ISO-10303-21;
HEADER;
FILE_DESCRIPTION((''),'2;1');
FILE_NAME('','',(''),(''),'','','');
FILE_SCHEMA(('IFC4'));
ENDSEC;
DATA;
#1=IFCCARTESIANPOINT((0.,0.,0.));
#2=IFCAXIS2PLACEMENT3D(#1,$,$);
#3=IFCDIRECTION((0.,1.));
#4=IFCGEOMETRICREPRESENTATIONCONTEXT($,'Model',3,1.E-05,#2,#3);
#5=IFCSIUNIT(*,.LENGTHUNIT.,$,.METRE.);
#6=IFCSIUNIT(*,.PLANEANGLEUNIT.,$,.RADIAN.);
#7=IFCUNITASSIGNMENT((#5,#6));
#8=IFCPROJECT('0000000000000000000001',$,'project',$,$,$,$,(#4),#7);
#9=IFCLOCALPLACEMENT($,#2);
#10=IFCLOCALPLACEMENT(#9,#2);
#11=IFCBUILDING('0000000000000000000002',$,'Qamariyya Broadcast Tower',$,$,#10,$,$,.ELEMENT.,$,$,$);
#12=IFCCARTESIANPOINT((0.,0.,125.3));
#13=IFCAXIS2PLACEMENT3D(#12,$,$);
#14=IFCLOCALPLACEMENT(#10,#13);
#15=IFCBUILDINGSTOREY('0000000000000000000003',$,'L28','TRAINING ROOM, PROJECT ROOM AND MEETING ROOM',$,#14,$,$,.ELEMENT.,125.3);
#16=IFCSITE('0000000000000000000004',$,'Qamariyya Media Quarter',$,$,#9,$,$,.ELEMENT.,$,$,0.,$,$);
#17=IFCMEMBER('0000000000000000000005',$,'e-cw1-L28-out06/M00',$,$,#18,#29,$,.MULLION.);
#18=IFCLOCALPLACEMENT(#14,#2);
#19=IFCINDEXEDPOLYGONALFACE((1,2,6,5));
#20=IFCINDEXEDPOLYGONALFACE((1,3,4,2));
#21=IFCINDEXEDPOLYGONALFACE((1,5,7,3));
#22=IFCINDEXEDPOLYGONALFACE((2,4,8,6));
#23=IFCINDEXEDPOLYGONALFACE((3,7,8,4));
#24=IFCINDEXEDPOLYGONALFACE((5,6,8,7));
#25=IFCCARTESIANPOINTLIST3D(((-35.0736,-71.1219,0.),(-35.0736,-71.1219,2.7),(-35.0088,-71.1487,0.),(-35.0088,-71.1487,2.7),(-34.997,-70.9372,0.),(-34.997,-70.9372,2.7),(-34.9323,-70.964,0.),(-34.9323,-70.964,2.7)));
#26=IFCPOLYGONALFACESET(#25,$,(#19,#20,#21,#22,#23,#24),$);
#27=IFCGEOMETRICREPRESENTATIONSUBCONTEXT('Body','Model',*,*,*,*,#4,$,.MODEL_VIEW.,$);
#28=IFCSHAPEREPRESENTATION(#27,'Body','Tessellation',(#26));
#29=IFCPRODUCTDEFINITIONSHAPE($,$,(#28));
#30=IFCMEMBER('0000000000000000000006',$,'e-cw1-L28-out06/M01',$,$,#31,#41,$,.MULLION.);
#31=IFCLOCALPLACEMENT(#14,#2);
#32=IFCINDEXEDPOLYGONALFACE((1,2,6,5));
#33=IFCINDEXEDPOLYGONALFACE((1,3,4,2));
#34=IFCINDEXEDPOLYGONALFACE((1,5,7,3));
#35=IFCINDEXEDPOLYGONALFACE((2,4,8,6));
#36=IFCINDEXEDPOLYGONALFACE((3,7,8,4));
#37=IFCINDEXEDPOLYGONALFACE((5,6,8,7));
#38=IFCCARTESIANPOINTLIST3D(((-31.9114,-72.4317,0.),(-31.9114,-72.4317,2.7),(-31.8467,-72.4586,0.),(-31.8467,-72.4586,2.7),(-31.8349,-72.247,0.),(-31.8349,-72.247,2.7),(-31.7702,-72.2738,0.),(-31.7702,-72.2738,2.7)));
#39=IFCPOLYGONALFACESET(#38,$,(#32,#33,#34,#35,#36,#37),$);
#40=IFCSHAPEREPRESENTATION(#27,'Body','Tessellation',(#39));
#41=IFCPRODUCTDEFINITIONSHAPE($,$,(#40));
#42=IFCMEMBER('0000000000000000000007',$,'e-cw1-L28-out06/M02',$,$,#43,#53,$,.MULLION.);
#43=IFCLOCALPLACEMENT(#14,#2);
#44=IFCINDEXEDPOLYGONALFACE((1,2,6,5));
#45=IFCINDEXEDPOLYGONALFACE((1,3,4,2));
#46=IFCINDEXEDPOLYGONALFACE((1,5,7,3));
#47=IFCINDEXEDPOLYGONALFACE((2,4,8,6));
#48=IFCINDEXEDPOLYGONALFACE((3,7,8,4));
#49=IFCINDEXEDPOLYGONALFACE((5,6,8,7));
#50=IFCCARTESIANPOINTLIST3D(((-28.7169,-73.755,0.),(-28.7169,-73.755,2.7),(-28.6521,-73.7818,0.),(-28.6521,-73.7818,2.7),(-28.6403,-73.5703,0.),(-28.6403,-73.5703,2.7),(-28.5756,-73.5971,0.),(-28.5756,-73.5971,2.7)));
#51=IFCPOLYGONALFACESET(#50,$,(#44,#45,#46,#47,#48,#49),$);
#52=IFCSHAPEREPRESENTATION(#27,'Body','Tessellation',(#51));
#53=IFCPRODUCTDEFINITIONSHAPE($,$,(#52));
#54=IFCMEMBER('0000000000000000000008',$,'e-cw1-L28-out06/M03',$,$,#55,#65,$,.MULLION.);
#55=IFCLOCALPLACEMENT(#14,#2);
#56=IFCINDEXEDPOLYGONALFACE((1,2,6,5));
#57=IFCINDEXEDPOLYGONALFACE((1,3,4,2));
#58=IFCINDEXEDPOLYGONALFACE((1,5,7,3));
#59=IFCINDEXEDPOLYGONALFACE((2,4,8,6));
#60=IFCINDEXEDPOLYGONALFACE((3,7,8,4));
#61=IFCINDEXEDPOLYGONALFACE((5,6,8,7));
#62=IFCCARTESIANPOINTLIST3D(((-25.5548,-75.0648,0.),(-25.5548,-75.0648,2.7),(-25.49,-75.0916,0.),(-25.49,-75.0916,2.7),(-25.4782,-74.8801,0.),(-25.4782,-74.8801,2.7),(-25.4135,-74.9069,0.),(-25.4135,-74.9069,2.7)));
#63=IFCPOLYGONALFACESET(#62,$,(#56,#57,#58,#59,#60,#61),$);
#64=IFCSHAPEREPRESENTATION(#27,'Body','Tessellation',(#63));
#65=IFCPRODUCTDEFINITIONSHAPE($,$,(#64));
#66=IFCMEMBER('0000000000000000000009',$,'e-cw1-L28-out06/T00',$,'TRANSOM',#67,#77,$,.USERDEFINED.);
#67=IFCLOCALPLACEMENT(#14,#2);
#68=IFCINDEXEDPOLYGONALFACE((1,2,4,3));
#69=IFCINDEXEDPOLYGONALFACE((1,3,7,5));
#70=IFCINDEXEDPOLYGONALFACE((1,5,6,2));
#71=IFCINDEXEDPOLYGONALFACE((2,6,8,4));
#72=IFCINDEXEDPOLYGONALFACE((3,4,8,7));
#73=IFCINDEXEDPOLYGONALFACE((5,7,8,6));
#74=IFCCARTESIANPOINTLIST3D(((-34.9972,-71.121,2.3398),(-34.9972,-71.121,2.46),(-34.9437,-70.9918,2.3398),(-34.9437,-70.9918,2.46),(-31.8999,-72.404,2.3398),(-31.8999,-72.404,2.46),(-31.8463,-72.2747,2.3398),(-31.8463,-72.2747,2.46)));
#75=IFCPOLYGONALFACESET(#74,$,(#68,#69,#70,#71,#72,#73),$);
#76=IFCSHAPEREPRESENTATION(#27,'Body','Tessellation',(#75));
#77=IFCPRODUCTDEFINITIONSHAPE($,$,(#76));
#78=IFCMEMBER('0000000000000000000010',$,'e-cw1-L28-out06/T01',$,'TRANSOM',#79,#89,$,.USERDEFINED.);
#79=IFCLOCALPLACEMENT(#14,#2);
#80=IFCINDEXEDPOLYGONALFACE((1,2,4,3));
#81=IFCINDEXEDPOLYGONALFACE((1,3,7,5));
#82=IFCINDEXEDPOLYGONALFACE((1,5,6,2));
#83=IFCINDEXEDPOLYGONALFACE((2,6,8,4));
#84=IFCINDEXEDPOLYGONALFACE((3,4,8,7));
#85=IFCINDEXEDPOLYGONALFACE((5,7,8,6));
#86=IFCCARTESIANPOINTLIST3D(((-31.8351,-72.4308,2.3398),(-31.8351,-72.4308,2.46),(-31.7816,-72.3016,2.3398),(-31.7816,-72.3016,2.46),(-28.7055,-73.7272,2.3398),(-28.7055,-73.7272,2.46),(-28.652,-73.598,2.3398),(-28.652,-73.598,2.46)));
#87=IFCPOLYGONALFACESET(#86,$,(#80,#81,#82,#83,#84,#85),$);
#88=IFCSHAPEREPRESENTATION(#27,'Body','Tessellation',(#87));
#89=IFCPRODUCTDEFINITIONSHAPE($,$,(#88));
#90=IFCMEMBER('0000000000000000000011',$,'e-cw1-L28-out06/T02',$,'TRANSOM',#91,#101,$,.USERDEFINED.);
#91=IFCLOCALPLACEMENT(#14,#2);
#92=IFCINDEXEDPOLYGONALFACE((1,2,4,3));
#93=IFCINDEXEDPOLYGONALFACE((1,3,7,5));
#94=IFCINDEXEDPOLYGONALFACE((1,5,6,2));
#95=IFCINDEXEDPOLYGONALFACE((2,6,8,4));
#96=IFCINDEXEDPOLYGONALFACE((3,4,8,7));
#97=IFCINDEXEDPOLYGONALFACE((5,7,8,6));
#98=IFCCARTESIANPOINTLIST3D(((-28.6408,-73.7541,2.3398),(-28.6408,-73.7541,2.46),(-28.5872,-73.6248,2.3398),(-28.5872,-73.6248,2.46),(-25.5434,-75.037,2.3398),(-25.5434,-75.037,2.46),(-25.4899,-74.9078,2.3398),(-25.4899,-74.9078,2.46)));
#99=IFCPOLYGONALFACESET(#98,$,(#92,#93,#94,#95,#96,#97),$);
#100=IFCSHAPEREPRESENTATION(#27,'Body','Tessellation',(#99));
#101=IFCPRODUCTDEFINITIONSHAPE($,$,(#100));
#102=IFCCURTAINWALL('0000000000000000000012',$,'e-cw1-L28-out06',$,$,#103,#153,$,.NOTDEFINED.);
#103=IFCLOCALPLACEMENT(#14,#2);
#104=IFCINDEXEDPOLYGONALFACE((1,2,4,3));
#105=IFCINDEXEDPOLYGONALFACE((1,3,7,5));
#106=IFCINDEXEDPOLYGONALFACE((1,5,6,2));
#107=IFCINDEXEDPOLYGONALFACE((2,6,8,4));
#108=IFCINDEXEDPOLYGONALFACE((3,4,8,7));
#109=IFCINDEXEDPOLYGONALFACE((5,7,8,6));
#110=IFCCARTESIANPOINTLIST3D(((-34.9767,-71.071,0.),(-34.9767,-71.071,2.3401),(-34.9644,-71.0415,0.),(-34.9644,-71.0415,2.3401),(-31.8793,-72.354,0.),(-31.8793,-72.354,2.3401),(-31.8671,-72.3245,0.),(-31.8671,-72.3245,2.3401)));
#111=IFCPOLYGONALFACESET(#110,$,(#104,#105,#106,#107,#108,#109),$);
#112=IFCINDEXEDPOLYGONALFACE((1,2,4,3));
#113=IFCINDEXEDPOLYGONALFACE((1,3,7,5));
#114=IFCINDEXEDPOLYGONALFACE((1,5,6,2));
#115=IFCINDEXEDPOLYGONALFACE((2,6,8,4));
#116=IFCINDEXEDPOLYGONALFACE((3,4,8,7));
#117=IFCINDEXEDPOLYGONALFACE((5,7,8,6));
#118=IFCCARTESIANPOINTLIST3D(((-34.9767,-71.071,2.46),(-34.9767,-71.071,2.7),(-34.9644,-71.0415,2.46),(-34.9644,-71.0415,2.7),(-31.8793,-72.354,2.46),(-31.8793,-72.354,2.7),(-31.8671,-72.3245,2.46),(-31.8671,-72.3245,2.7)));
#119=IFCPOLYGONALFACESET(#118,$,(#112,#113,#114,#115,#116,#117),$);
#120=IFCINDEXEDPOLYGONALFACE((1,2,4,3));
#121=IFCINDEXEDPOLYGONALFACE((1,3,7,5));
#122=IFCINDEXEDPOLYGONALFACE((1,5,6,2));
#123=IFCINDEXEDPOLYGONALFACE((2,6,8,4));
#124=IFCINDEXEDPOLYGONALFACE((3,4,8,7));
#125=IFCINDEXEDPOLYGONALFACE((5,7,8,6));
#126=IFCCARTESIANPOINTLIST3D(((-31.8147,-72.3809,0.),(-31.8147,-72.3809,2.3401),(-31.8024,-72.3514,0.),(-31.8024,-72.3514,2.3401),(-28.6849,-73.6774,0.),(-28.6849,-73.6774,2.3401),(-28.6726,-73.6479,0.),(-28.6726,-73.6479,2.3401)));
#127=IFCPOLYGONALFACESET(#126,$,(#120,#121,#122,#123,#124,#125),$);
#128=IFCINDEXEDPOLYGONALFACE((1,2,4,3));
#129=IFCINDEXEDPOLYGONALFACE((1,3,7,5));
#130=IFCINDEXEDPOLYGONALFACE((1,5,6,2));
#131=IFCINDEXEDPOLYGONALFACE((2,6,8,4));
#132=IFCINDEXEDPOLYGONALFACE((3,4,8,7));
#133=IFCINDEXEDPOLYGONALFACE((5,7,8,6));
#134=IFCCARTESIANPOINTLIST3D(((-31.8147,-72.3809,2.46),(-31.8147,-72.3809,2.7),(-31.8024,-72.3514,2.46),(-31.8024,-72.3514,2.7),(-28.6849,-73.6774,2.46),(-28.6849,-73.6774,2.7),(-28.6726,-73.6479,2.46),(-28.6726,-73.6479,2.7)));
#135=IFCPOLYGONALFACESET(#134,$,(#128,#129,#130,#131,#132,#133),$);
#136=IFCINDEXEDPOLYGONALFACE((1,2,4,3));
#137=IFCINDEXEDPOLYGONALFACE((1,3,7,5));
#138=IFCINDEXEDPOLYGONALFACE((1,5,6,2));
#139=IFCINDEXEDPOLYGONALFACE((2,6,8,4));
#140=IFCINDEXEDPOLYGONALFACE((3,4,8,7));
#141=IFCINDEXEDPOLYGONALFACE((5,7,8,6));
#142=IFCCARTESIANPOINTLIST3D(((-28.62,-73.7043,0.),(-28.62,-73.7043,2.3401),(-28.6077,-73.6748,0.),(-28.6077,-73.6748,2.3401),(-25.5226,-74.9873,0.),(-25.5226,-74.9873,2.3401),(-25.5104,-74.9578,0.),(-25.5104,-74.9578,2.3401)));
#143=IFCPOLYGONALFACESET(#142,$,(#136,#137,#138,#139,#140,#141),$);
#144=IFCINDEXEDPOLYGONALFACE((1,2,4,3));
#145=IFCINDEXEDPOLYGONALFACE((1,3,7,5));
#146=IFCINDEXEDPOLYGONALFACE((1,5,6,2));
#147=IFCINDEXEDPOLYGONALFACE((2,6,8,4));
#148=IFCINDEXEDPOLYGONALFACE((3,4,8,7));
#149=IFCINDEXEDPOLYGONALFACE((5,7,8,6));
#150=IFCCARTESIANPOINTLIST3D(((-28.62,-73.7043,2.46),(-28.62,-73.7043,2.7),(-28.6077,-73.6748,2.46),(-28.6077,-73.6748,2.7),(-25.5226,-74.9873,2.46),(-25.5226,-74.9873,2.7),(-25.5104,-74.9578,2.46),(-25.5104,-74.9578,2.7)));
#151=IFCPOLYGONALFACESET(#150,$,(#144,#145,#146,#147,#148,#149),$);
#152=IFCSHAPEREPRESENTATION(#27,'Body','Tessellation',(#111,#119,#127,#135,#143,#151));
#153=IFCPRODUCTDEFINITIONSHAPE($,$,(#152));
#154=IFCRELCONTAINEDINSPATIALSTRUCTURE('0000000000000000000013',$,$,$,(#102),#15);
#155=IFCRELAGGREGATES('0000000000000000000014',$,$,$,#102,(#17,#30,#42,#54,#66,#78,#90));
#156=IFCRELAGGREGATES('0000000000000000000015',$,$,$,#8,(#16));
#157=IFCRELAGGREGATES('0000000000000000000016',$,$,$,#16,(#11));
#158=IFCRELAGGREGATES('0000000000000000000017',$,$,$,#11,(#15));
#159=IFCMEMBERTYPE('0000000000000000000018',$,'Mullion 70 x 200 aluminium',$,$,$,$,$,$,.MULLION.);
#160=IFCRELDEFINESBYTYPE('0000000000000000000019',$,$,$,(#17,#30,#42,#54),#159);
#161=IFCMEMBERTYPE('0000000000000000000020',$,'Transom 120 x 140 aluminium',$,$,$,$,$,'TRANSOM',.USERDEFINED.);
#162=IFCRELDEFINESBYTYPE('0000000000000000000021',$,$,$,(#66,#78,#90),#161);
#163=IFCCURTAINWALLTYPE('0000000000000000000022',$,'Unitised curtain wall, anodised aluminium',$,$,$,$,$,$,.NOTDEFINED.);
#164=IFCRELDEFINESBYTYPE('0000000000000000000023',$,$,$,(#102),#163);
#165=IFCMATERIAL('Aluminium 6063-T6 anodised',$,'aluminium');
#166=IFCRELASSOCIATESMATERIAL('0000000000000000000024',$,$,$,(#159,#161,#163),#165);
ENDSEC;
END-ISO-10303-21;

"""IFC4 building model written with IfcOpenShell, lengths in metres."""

from ifc_helpers import new_model, si_unit, direction, frame, origin, origin_2d, place, context, subcontext, project, spatial, rectangle, extrude, material, material_profile, profile_set, type_object, element, aggregate, save


model = new_model("IFC4")

# Units and contexts
model_context = context("Model", 3, precision=1e-05, world=origin(), true_north=direction((0.0, 1.0)))
body_context = subcontext(model_context, "Body", "Model", "MODEL_VIEW")
ifc_project = project(units=[si_unit("LENGTHUNIT", "METRE"), si_unit("PLANEANGLEUNIT", "RADIAN")], contexts=[model_context])

# Members
ifc_material = material(Name="Aluminium 6063-T6 anodised", Category="aluminium")
ifc_material_profile_1 = material_profile(ifc_material, rectangle(XDim=0.2, YDim=0.0701, at=origin_2d()))
ifc_profile_set_1 = profile_set([ifc_material_profile_1], Name="Aluminium 6063-T6 anodised")
member_type_1 = type_object("IfcMemberType", Name="Mullion 70 x 200 aluminium", PredefinedType="MULLION", material=ifc_profile_set_1)
site_placement = place(None, origin())
building_placement = place(site_placement, origin())
storey_placement = place(building_placement, frame((0.0, 0.0, 125.3)))
member_1_placement = place(storey_placement, frame((-35.0029, -71.043, 0.0), z_axis=(0.0, 0.0, 1.0), x_axis=(0.382683, 0.92388, 0.0)))
member_1 = element("IfcMember", 1, at=member_1_placement, type_object=member_type_1, Name="e-cw1-L28-out06/M00", PredefinedType="MULLION", context=body_context, shape_type="SweptSolid", body=[
    extrude(rectangle(XDim=0.2, YDim=0.0701, at=origin_2d()), origin(), (0.0, 0.0, 1.0), 2.7),
])
member_2_placement = place(storey_placement, frame((-31.8408, -72.3528, 0.0), z_axis=(0.0, 0.0, 1.0), x_axis=(0.382683, 0.92388, 0.0)))
member_2 = element("IfcMember", 2, at=member_2_placement, type_object=member_type_1, Name="e-cw1-L28-out06/M01", PredefinedType="MULLION", context=body_context, shape_type="SweptSolid", body=[
    extrude(rectangle(XDim=0.2, YDim=0.0701, at=origin_2d()), origin(), (0.0, 0.0, 1.0), 2.7),
])
member_3_placement = place(storey_placement, frame((-28.6462, -73.676, 0.0), z_axis=(0.0, 0.0, 1.0), x_axis=(0.382683, 0.92388, 0.0)))
member_3 = element("IfcMember", 3, at=member_3_placement, type_object=member_type_1, Name="e-cw1-L28-out06/M02", PredefinedType="MULLION", context=body_context, shape_type="SweptSolid", body=[
    extrude(rectangle(XDim=0.2, YDim=0.0701, at=origin_2d()), origin(), (0.0, 0.0, 1.0), 2.7),
])
member_4_placement = place(storey_placement, frame((-25.4841, -74.9858, 0.0), z_axis=(0.0, 0.0, 1.0), x_axis=(0.382683, 0.92388, 0.0)))
member_4 = element("IfcMember", 4, at=member_4_placement, type_object=member_type_1, Name="e-cw1-L28-out06/M03", PredefinedType="MULLION", context=body_context, shape_type="SweptSolid", body=[
    extrude(rectangle(XDim=0.2, YDim=0.0701, at=origin_2d()), origin(), (0.0, 0.0, 1.0), 2.7),
])
ifc_material_profile_2 = material_profile(ifc_material, rectangle(XDim=0.1399, YDim=0.1201, at=origin_2d()))
ifc_profile_set_2 = profile_set([ifc_material_profile_2], Name="Aluminium 6063-T6 anodised")
member_type_2 = type_object("IfcMemberType", Name="Transom 120 x 140 aluminium", ElementType="TRANSOM", PredefinedType="USERDEFINED", material=ifc_profile_set_2)
member_5_placement = place(storey_placement, frame((-34.9705, -71.0564, 2.3999), z_axis=(0.923883, -0.382676, 0.0), x_axis=(0.382676, 0.923883, 0.0)))
member_5 = element("IfcMember", 5, at=member_5_placement, type_object=member_type_2, Name="e-cw1-L28-out06/T00", ObjectType="TRANSOM", PredefinedType="USERDEFINED", context=body_context, shape_type="SweptSolid", body=[
    extrude(rectangle(XDim=0.1399, YDim=0.1201, at=origin_2d()), origin(), (0.0, 0.0, 1.0), 3.3525),
])
member_6_placement = place(storey_placement, frame((-31.8083, -72.3662, 2.3999), z_axis=(0.923875, -0.382696, 0.0), x_axis=(0.382696, 0.923875, 0.0)))
member_6 = element("IfcMember", 6, at=member_6_placement, type_object=member_type_2, Name="e-cw1-L28-out06/T01", ObjectType="TRANSOM", PredefinedType="USERDEFINED", context=body_context, shape_type="SweptSolid", body=[
    extrude(rectangle(XDim=0.1399, YDim=0.1201, at=origin_2d()), origin(), (0.0, 0.0, 1.0), 3.3875),
])
member_7_placement = place(storey_placement, frame((-28.614, -73.6895, 2.3999), z_axis=(0.923883, -0.382676, 0.0), x_axis=(0.382676, 0.923883, 0.0)))
member_7 = element("IfcMember", 7, at=member_7_placement, type_object=member_type_2, Name="e-cw1-L28-out06/T02", ObjectType="TRANSOM", PredefinedType="USERDEFINED", context=body_context, shape_type="SweptSolid", body=[
    extrude(rectangle(XDim=0.1399, YDim=0.1201, at=origin_2d()), origin(), (0.0, 0.0, 1.0), 3.3525),
])

# Site, building, storey
site = spatial("IfcSite", under=ifc_project, at=site_placement, Name="Qamariyya Media Quarter", CompositionType="ELEMENT", RefElevation=0.0)
building = spatial("IfcBuilding", under=site, at=building_placement, Name="Qamariyya Broadcast Tower", CompositionType="ELEMENT")
storey = spatial("IfcBuildingStorey", under=building, at=storey_placement, Name="L28", Description="TRAINING ROOM, PROJECT ROOM AND MEETING ROOM", CompositionType="ELEMENT", Elevation=125.3)

# Curtain wall
curtain_wall_type = type_object("IfcCurtainWallType", Name="Unitised curtain wall, anodised aluminium", PredefinedType="NOTDEFINED", material=ifc_material)
curtain_wall_1_placement = place(storey_placement, origin())
curtain_wall_1 = element("IfcCurtainWall", 8, at=curtain_wall_1_placement, inside=storey, type_object=curtain_wall_type, Name="e-cw1-L28-out06", PredefinedType="NOTDEFINED", context=body_context, shape_type="SweptSolid", body=[
    extrude(rectangle(XDim=3.3525, YDim=0.032, at=origin_2d()), frame((-33.4219, -71.6978, 0.0), x_axis=(0.923872, -0.382701, 0.0)), (0.0, 0.0, 1.0), 2.3401),
    extrude(rectangle(XDim=3.3525, YDim=0.032, at=origin_2d()), frame((-33.4219, -71.6978, 2.46), x_axis=(0.923872, -0.382701, 0.0)), (0.0, 0.0, 1.0), 0.24),
    extrude(rectangle(XDim=3.3877, YDim=0.032, at=origin_2d()), frame((-30.2437, -73.0144, 0.0), x_axis=(0.923872, -0.382701, 0.0)), (0.0, 0.0, 1.0), 2.3401),
    extrude(rectangle(XDim=3.3877, YDim=0.032, at=origin_2d()), frame((-30.2437, -73.0144, 2.46), x_axis=(0.923872, -0.382701, 0.0)), (0.0, 0.0, 1.0), 0.24),
    extrude(rectangle(XDim=3.3525, YDim=0.032, at=origin_2d()), frame((-27.0652, -74.3311, 0.0), x_axis=(0.923872, -0.382701, 0.0)), (0.0, 0.0, 1.0), 2.3401),
    extrude(rectangle(XDim=3.3525, YDim=0.032, at=origin_2d()), frame((-27.0652, -74.3311, 2.46), x_axis=(0.923872, -0.382701, 0.0)), (0.0, 0.0, 1.0), 0.24),
])
aggregate(curtain_wall_1, [member_1, member_2, member_3, member_4, member_5, member_6, member_7])

save(model, "model.ifc")
